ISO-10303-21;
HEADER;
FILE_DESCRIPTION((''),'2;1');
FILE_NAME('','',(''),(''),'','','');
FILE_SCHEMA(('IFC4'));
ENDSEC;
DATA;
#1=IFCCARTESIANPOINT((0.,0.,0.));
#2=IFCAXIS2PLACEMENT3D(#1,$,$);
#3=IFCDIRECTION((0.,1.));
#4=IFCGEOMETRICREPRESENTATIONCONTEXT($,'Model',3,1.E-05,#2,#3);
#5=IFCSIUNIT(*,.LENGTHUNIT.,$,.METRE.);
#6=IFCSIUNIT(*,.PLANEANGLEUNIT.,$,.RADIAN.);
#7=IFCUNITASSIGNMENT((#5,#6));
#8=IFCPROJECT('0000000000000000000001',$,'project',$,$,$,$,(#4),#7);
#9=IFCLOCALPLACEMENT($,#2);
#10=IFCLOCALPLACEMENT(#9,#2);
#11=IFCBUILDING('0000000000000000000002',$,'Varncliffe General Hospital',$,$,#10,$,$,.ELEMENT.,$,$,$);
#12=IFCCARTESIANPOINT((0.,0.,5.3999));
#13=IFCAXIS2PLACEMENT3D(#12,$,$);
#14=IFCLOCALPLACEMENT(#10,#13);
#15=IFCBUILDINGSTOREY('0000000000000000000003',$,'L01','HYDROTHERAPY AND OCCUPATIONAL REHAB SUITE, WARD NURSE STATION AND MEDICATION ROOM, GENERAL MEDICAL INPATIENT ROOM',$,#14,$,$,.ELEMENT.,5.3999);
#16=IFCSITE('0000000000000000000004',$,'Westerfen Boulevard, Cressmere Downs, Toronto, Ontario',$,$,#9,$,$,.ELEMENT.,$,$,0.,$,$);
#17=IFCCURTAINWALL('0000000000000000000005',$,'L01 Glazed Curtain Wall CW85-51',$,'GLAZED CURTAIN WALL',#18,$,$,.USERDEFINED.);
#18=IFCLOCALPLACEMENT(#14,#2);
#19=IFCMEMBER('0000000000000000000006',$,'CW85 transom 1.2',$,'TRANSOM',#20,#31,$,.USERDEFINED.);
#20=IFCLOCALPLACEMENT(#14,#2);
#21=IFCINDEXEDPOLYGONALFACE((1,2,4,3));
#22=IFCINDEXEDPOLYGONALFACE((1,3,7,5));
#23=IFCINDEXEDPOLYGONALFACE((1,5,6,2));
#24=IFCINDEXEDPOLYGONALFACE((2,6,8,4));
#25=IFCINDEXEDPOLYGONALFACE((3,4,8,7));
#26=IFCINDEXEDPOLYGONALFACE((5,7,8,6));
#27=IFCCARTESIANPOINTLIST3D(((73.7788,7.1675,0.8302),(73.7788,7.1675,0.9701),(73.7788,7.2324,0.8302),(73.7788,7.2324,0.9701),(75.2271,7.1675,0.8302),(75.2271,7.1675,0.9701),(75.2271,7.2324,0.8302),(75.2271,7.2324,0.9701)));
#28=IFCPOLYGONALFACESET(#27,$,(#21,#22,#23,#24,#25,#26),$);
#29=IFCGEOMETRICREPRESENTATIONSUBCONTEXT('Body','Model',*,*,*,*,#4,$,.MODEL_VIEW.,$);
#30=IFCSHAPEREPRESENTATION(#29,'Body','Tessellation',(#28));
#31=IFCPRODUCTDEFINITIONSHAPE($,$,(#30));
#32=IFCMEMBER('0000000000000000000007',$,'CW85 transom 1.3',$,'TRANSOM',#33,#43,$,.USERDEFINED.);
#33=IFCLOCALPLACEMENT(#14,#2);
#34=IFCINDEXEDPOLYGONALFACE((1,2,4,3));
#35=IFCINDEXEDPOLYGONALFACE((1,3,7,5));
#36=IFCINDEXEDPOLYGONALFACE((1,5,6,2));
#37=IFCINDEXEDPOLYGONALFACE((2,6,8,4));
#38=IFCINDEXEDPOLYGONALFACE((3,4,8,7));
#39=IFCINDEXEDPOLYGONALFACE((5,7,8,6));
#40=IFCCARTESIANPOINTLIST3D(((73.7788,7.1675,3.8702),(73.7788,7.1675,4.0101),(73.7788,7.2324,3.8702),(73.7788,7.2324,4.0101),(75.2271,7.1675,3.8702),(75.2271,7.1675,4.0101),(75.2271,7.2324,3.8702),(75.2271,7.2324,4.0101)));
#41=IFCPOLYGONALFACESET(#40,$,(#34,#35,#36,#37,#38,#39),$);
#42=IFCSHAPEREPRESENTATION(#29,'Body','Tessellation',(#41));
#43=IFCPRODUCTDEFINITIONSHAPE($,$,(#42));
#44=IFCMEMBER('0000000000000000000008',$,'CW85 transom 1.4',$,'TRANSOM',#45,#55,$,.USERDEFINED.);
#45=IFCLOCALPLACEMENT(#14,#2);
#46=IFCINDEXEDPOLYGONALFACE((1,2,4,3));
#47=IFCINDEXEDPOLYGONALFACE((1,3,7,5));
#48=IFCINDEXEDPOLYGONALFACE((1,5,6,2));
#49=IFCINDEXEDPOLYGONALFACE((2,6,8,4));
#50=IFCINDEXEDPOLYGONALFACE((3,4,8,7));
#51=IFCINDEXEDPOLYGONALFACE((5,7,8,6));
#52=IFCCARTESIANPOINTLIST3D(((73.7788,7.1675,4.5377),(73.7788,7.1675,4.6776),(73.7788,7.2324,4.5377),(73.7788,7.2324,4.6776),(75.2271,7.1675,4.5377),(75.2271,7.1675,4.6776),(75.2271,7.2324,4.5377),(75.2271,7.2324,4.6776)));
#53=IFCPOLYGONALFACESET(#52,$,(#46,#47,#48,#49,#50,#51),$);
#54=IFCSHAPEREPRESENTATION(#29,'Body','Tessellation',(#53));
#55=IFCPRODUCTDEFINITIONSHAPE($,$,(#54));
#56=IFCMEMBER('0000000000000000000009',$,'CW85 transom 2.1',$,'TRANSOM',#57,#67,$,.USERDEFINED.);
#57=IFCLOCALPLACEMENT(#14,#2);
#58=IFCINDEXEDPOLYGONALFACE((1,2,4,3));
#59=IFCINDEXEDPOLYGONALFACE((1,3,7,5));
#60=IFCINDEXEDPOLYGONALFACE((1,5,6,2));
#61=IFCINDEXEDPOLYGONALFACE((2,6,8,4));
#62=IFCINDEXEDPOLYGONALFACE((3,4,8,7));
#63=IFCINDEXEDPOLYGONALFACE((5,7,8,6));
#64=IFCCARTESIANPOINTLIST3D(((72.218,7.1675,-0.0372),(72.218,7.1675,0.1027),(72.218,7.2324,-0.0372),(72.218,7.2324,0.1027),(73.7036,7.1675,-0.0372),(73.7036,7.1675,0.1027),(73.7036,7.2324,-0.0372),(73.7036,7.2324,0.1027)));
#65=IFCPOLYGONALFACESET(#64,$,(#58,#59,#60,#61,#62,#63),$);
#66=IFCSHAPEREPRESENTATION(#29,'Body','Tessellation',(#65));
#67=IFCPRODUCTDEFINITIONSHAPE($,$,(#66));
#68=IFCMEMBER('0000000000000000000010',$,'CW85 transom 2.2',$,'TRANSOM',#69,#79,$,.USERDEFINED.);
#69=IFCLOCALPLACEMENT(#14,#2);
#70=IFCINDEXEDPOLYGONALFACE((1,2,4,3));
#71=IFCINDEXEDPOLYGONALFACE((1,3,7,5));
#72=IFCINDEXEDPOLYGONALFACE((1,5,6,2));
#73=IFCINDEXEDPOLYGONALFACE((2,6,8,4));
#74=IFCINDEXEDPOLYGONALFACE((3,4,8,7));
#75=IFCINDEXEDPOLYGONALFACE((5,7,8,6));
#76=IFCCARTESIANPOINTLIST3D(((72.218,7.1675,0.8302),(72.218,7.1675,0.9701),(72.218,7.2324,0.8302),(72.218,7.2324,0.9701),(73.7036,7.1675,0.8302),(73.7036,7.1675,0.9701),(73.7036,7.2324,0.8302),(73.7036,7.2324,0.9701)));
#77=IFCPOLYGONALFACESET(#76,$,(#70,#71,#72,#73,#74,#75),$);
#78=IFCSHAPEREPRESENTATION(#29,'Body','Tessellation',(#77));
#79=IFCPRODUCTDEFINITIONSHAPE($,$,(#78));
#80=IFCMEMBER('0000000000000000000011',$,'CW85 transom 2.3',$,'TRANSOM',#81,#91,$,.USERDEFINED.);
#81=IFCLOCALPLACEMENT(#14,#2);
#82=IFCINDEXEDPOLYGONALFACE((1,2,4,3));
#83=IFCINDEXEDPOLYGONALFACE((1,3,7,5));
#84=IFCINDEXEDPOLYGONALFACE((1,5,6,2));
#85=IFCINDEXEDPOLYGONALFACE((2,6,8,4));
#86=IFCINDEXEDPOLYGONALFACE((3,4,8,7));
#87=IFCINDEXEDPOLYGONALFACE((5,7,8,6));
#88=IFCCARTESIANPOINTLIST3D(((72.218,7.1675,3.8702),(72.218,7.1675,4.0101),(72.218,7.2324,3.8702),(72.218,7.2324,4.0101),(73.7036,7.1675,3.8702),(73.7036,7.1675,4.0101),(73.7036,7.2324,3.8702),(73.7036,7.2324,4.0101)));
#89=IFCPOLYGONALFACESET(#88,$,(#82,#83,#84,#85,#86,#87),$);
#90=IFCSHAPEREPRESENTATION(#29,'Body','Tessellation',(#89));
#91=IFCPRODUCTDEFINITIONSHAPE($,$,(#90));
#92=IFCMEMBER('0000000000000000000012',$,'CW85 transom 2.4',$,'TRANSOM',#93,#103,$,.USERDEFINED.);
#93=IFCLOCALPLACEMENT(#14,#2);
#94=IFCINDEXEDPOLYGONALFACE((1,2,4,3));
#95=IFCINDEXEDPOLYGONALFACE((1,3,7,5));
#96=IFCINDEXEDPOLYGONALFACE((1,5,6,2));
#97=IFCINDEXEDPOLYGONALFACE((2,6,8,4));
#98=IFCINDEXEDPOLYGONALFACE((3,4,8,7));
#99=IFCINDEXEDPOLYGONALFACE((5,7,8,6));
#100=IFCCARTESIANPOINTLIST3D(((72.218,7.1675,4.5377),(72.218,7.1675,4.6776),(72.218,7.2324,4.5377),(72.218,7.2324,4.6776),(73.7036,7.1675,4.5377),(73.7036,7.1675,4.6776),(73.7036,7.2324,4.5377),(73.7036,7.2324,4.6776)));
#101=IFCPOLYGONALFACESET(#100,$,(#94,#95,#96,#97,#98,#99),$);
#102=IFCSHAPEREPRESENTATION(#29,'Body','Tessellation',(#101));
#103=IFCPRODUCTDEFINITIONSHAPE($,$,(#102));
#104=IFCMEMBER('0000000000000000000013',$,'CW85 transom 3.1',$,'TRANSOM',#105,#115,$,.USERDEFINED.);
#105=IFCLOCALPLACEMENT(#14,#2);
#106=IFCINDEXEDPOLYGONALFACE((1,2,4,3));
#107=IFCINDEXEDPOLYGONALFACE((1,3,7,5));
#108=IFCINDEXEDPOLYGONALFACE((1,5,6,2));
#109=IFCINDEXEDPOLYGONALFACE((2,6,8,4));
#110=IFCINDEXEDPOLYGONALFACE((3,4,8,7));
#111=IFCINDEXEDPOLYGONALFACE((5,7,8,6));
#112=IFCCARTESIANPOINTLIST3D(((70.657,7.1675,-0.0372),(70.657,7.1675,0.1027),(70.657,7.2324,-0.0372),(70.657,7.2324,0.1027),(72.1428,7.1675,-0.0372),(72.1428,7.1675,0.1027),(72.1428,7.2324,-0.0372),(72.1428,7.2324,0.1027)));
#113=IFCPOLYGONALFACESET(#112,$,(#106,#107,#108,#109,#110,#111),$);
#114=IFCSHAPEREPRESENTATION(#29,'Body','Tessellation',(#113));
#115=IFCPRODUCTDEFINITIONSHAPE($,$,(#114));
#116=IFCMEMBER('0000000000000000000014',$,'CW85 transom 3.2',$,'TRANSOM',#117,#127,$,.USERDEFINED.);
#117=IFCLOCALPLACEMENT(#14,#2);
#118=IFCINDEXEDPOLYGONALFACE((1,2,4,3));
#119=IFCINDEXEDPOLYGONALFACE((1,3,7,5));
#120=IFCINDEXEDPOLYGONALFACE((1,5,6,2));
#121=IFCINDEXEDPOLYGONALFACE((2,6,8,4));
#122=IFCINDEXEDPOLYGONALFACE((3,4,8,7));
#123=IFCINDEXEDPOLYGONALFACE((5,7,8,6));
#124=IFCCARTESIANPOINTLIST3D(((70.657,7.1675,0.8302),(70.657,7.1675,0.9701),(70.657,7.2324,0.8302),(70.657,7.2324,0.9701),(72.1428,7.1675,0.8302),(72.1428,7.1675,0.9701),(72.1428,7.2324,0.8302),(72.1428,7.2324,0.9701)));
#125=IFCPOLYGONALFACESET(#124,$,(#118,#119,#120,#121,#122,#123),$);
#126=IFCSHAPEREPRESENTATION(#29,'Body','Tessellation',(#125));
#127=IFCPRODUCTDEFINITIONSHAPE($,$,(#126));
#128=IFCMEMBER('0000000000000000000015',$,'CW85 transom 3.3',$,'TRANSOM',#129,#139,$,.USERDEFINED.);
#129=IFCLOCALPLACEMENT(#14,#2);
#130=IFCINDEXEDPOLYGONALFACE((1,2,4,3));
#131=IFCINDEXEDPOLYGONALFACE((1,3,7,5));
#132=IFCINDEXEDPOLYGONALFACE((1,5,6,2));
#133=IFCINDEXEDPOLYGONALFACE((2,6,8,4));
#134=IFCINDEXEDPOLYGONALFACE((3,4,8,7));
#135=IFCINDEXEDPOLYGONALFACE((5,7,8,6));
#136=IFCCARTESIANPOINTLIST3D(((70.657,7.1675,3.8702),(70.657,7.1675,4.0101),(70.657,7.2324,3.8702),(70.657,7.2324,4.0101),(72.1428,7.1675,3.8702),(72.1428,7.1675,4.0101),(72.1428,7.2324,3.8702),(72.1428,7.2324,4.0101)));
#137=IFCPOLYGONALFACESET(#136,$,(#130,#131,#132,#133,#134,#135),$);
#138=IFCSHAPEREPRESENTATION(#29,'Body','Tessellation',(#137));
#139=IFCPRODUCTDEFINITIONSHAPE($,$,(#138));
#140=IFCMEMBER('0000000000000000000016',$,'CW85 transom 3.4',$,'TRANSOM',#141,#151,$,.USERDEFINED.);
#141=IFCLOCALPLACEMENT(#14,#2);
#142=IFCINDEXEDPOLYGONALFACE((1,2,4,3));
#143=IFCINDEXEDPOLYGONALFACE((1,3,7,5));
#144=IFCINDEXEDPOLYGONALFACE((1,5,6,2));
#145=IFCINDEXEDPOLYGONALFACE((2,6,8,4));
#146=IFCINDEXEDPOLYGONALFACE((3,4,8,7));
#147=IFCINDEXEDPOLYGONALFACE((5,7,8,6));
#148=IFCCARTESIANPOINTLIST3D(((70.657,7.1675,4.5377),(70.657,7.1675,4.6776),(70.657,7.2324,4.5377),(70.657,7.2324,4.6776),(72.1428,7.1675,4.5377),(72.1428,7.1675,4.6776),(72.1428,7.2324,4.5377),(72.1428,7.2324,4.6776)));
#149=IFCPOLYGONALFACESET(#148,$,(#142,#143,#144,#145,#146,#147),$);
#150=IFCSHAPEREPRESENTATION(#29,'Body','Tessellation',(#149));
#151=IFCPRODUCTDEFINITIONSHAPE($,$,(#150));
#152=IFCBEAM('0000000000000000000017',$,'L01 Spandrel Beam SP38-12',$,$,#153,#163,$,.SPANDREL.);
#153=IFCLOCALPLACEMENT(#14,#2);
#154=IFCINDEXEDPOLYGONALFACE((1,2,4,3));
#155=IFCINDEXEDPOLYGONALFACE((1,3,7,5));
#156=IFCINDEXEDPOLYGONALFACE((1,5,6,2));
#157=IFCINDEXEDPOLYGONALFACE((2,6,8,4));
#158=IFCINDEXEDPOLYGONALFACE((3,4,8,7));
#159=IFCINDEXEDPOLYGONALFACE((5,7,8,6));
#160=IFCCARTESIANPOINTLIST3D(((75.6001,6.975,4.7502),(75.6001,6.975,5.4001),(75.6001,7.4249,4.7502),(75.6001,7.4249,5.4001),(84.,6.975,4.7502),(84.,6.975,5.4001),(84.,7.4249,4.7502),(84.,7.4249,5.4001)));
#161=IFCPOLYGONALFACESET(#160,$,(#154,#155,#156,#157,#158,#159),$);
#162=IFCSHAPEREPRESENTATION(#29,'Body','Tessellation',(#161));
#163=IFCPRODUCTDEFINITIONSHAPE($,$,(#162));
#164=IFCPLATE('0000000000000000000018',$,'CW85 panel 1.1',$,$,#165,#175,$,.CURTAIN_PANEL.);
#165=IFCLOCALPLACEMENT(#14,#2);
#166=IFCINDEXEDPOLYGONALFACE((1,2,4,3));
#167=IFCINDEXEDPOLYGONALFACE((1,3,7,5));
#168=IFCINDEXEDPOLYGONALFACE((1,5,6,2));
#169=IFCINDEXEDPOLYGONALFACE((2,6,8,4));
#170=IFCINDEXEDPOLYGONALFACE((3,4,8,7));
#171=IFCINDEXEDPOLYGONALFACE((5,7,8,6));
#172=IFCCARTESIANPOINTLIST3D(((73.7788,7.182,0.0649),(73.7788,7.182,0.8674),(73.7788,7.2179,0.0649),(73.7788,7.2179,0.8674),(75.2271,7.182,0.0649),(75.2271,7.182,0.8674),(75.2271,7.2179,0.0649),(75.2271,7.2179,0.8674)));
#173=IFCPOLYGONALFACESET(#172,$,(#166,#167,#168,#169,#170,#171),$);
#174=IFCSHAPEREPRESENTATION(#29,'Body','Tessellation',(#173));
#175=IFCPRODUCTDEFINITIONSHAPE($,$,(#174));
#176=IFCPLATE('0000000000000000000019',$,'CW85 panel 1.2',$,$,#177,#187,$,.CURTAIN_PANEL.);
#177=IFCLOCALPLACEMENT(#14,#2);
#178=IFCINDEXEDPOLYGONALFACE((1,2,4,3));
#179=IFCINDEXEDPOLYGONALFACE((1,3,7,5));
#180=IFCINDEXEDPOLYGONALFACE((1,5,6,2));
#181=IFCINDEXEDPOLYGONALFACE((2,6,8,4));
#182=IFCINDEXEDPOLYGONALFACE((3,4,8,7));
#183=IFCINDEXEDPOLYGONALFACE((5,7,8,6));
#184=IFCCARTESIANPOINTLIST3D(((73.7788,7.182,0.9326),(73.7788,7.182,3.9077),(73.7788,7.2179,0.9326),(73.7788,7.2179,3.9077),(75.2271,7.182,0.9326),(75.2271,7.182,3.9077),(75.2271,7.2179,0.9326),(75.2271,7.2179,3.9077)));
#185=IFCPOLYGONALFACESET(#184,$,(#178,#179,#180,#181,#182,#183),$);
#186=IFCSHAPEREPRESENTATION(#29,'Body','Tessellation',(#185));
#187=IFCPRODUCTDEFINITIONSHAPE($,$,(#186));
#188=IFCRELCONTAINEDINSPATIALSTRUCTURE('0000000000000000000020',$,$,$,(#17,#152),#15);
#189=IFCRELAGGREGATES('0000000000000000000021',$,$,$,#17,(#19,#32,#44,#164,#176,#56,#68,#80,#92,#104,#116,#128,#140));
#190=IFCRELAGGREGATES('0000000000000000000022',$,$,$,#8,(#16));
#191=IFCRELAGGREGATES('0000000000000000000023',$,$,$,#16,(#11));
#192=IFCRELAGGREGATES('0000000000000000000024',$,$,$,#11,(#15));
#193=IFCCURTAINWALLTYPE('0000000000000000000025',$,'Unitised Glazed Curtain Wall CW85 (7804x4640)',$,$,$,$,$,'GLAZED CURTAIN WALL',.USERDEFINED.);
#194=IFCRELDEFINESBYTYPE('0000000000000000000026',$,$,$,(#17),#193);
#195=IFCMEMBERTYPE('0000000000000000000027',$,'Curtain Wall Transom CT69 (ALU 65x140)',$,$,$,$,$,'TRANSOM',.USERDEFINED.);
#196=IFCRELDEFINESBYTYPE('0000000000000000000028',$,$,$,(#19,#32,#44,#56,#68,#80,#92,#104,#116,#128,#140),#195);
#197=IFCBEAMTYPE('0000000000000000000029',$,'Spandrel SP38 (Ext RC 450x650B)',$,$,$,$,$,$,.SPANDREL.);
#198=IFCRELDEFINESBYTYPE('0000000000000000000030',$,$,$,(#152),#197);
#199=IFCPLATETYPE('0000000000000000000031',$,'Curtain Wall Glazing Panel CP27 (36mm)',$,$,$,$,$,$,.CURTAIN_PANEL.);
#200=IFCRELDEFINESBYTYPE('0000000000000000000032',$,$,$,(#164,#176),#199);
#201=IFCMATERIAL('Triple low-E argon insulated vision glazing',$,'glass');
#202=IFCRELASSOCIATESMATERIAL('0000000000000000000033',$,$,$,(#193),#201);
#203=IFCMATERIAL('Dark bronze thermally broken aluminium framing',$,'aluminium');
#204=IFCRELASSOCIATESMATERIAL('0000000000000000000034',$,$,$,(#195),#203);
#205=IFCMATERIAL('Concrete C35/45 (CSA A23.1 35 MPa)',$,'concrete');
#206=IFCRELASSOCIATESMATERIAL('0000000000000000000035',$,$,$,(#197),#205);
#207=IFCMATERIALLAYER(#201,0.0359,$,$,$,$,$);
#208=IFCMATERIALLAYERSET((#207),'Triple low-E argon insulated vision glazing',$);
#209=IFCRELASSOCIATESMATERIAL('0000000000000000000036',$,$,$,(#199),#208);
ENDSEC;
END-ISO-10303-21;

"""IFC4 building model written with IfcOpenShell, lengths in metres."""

from ifc_helpers import new_model, si_unit, direction, frame, origin, origin_2d, place, context, subcontext, project, spatial, rectangle, extrude, material, layer, layer_set, material_profile, profile_set, type_object, element, aggregate, save


model = new_model("IFC4")

# Units and contexts
model_context = context("Model", 3, precision=1e-05, world=origin(), true_north=direction((0.0, 1.0)))
body_context = subcontext(model_context, "Body", "Model", "MODEL_VIEW")
ifc_project = project(units=[si_unit("LENGTHUNIT", "METRE"), si_unit("PLANEANGLEUNIT", "RADIAN")], contexts=[model_context])

# Site, building, storey
site_placement = place(None, origin())
site = spatial("IfcSite", under=ifc_project, at=site_placement, Name="Westerfen Boulevard, Cressmere Downs, Toronto, Ontario", CompositionType="ELEMENT", RefElevation=0.0)
building_placement = place(site_placement, origin())
building = spatial("IfcBuilding", under=site, at=building_placement, Name="Varncliffe General Hospital", CompositionType="ELEMENT")
storey_placement = place(building_placement, frame((0.0, 0.0, 5.3999)))
storey = spatial("IfcBuildingStorey", under=building, at=storey_placement, Name="L01", Description="HYDROTHERAPY AND OCCUPATIONAL REHAB SUITE, WARD NURSE STATION AND MEDICATION ROOM, GENERAL MEDICAL INPATIENT ROOM", CompositionType="ELEMENT", Elevation=5.3999)

# Curtain wall
ifc_material_1 = material(Name="Triple low-E argon insulated vision glazing", Category="glass")
ifc_material_2 = material(Name="Dark bronze thermally broken aluminium framing", Category="aluminium")
curtain_wall_type_1 = type_object("IfcCurtainWallType", Name="Unitised Glazed Curtain Wall CW85 (7804x4640)", ElementType="GLAZED CURTAIN WALL", PredefinedType="USERDEFINED", material=ifc_material_1)
curtain_wall_1_placement = place(storey_placement, origin())
curtain_wall_1 = element("IfcCurtainWall", 1, at=curtain_wall_1_placement, inside=storey, type_object=curtain_wall_type_1, Name="L01 Glazed Curtain Wall CW85-51", ObjectType="GLAZED CURTAIN WALL", PredefinedType="USERDEFINED")

# Members
ifc_material_profile_1 = material_profile(ifc_material_2, rectangle(XDim=0.0649, YDim=0.1399, at=origin_2d()), Name="ALU 65x140")
ifc_profile_set_1 = profile_set([ifc_material_profile_1], Name="Dark bronze thermally broken aluminium framing")
member_type_1 = type_object("IfcMemberType", Name="Curtain Wall Transom CT69 (ALU 65x140)", ElementType="TRANSOM", PredefinedType="USERDEFINED", material=ifc_profile_set_1)
member_1_placement = place(storey_placement, frame((75.2271, 7.2, 0.9001), z_axis=(-1.0, 0.0, 0.0), x_axis=(0.0, -1.0, 0.0)))
member_1 = element("IfcMember", 2, at=member_1_placement, type_object=member_type_1, Name="CW85 transom 1.2", ObjectType="TRANSOM", PredefinedType="USERDEFINED", context=body_context, shape_type="SweptSolid", body=[
    extrude(rectangle(XDim=0.0649, YDim=0.1399, at=origin_2d()), origin(), (0.0, 0.0, 1.0), 1.4482),
])
member_2_placement = place(storey_placement, frame((75.2271, 7.2, 3.9402), z_axis=(-1.0, 0.0, 0.0), x_axis=(0.0, -1.0, 0.0)))
member_2 = element("IfcMember", 3, at=member_2_placement, type_object=member_type_1, Name="CW85 transom 1.3", ObjectType="TRANSOM", PredefinedType="USERDEFINED", context=body_context, shape_type="SweptSolid", body=[
    extrude(rectangle(XDim=0.0649, YDim=0.1399, at=origin_2d()), origin(), (0.0, 0.0, 1.0), 1.4482),
])
member_3_placement = place(storey_placement, frame((75.2271, 7.2, 4.6077), z_axis=(-1.0, 0.0, 0.0), x_axis=(0.0, -1.0, 0.0)))
member_3 = element("IfcMember", 4, at=member_3_placement, type_object=member_type_1, Name="CW85 transom 1.4", ObjectType="TRANSOM", PredefinedType="USERDEFINED", context=body_context, shape_type="SweptSolid", body=[
    extrude(rectangle(XDim=0.0649, YDim=0.1399, at=origin_2d()), origin(), (0.0, 0.0, 1.0), 1.4482),
])
member_4_placement = place(storey_placement, frame((73.7036, 7.2, 0.0327), z_axis=(-1.0, 0.0, 0.0), x_axis=(0.0, -1.0, 0.0)))
member_4 = element("IfcMember", 5, at=member_4_placement, type_object=member_type_1, Name="CW85 transom 2.1", ObjectType="TRANSOM", PredefinedType="USERDEFINED", context=body_context, shape_type="SweptSolid", body=[
    extrude(rectangle(XDim=0.0649, YDim=0.1399, at=origin_2d()), origin(), (0.0, 0.0, 1.0), 1.4856),
])
member_5_placement = place(storey_placement, frame((73.7036, 7.2, 0.9001), z_axis=(-1.0, 0.0, 0.0), x_axis=(0.0, -1.0, 0.0)))
member_5 = element("IfcMember", 6, at=member_5_placement, type_object=member_type_1, Name="CW85 transom 2.2", ObjectType="TRANSOM", PredefinedType="USERDEFINED", context=body_context, shape_type="SweptSolid", body=[
    extrude(rectangle(XDim=0.0649, YDim=0.1399, at=origin_2d()), origin(), (0.0, 0.0, 1.0), 1.4856),
])
member_6_placement = place(storey_placement, frame((73.7036, 7.2, 3.9402), z_axis=(-1.0, 0.0, 0.0), x_axis=(0.0, -1.0, 0.0)))
member_6 = element("IfcMember", 7, at=member_6_placement, type_object=member_type_1, Name="CW85 transom 2.3", ObjectType="TRANSOM", PredefinedType="USERDEFINED", context=body_context, shape_type="SweptSolid", body=[
    extrude(rectangle(XDim=0.0649, YDim=0.1399, at=origin_2d()), origin(), (0.0, 0.0, 1.0), 1.4856),
])
member_7_placement = place(storey_placement, frame((73.7036, 7.2, 4.6077), z_axis=(-1.0, 0.0, 0.0), x_axis=(0.0, -1.0, 0.0)))
member_7 = element("IfcMember", 8, at=member_7_placement, type_object=member_type_1, Name="CW85 transom 2.4", ObjectType="TRANSOM", PredefinedType="USERDEFINED", context=body_context, shape_type="SweptSolid", body=[
    extrude(rectangle(XDim=0.0649, YDim=0.1399, at=origin_2d()), origin(), (0.0, 0.0, 1.0), 1.4856),
])
member_8_placement = place(storey_placement, frame((72.1428, 7.2, 0.0327), z_axis=(-1.0, 0.0, 0.0), x_axis=(0.0, -1.0, 0.0)))
member_8 = element("IfcMember", 9, at=member_8_placement, type_object=member_type_1, Name="CW85 transom 3.1", ObjectType="TRANSOM", PredefinedType="USERDEFINED", context=body_context, shape_type="SweptSolid", body=[
    extrude(rectangle(XDim=0.0649, YDim=0.1399, at=origin_2d()), origin(), (0.0, 0.0, 1.0), 1.4858),
])
member_9_placement = place(storey_placement, frame((72.1428, 7.2, 0.9001), z_axis=(-1.0, 0.0, 0.0), x_axis=(0.0, -1.0, 0.0)))
member_9 = element("IfcMember", 10, at=member_9_placement, type_object=member_type_1, Name="CW85 transom 3.2", ObjectType="TRANSOM", PredefinedType="USERDEFINED", context=body_context, shape_type="SweptSolid", body=[
    extrude(rectangle(XDim=0.0649, YDim=0.1399, at=origin_2d()), origin(), (0.0, 0.0, 1.0), 1.4858),
])
member_10_placement = place(storey_placement, frame((72.1428, 7.2, 3.9402), z_axis=(-1.0, 0.0, 0.0), x_axis=(0.0, -1.0, 0.0)))
member_10 = element("IfcMember", 11, at=member_10_placement, type_object=member_type_1, Name="CW85 transom 3.3", ObjectType="TRANSOM", PredefinedType="USERDEFINED", context=body_context, shape_type="SweptSolid", body=[
    extrude(rectangle(XDim=0.0649, YDim=0.1399, at=origin_2d()), origin(), (0.0, 0.0, 1.0), 1.4858),
])
member_11_placement = place(storey_placement, frame((72.1428, 7.2, 4.6077), z_axis=(-1.0, 0.0, 0.0), x_axis=(0.0, -1.0, 0.0)))
member_11 = element("IfcMember", 12, at=member_11_placement, type_object=member_type_1, Name="CW85 transom 3.4", ObjectType="TRANSOM", PredefinedType="USERDEFINED", context=body_context, shape_type="SweptSolid", body=[
    extrude(rectangle(XDim=0.0649, YDim=0.1399, at=origin_2d()), origin(), (0.0, 0.0, 1.0), 1.4858),
])

# Beam
ifc_material_3 = material(Name="Concrete C35/45 (CSA A23.1 35 MPa)", Category="concrete")
ifc_material_profile_2 = material_profile(ifc_material_3, rectangle(XDim=0.45, YDim=0.6499, at=origin_2d()), Name="RC 450x650")
ifc_profile_set_2 = profile_set([ifc_material_profile_2], Name="Concrete C35/45 (CSA A23.1 35 MPa)")
beam_type = type_object("IfcBeamType", Name="Spandrel SP38 (Ext RC 450x650B)", PredefinedType="SPANDREL", material=ifc_profile_set_2)
beam_placement = place(storey_placement, frame((75.6001, 7.2, 5.0752), z_axis=(1.0, 0.0, 0.0), x_axis=(0.0, 1.0, 0.0)))
element("IfcBeam", 13, at=beam_placement, inside=storey, type_object=beam_type, Name="L01 Spandrel Beam SP38-12", PredefinedType="SPANDREL", context=body_context, shape_type="SweptSolid", body=[
    extrude(rectangle(XDim=0.45, YDim=0.6499, at=origin_2d()), origin(), (0.0, 0.0, 1.0), 8.3999),
])

# Plates
ifc_layer_1 = layer(ifc_material_1, 0.0359)
ifc_layer_set_1 = layer_set([ifc_layer_1], Name="Triple low-E argon insulated vision glazing")
plate_type_1 = type_object("IfcPlateType", Name="Curtain Wall Glazing Panel CP27 (36mm)", PredefinedType="CURTAIN_PANEL", material=ifc_layer_set_1)
plate_1_placement = place(storey_placement, frame((74.5029, 7.2, 0.0649), z_axis=(0.0, 0.0, 1.0), x_axis=(-1.0, 0.0, 0.0)))
plate_1 = element("IfcPlate", 14, at=plate_1_placement, type_object=plate_type_1, Name="CW85 panel 1.1", PredefinedType="CURTAIN_PANEL", context=body_context, shape_type="SweptSolid", body=[
    extrude(rectangle(XDim=1.4482, YDim=0.0359, at=origin_2d()), origin(), (0.0, 0.0, 1.0), 0.8025),
])
plate_2_placement = place(storey_placement, frame((74.5029, 7.2, 0.9326), z_axis=(0.0, 0.0, 1.0), x_axis=(-1.0, 0.0, 0.0)))
plate_2 = element("IfcPlate", 15, at=plate_2_placement, type_object=plate_type_1, Name="CW85 panel 1.2", PredefinedType="CURTAIN_PANEL", context=body_context, shape_type="SweptSolid", body=[
    extrude(rectangle(XDim=1.4482, YDim=0.0359, at=origin_2d()), origin(), (0.0, 0.0, 1.0), 2.9751),
])
aggregate(curtain_wall_1, [member_1, member_2, member_3, plate_1, plate_2, member_4, member_5, member_6, member_7, member_8, member_9, member_10, member_11])

save(model, "model.ifc")
